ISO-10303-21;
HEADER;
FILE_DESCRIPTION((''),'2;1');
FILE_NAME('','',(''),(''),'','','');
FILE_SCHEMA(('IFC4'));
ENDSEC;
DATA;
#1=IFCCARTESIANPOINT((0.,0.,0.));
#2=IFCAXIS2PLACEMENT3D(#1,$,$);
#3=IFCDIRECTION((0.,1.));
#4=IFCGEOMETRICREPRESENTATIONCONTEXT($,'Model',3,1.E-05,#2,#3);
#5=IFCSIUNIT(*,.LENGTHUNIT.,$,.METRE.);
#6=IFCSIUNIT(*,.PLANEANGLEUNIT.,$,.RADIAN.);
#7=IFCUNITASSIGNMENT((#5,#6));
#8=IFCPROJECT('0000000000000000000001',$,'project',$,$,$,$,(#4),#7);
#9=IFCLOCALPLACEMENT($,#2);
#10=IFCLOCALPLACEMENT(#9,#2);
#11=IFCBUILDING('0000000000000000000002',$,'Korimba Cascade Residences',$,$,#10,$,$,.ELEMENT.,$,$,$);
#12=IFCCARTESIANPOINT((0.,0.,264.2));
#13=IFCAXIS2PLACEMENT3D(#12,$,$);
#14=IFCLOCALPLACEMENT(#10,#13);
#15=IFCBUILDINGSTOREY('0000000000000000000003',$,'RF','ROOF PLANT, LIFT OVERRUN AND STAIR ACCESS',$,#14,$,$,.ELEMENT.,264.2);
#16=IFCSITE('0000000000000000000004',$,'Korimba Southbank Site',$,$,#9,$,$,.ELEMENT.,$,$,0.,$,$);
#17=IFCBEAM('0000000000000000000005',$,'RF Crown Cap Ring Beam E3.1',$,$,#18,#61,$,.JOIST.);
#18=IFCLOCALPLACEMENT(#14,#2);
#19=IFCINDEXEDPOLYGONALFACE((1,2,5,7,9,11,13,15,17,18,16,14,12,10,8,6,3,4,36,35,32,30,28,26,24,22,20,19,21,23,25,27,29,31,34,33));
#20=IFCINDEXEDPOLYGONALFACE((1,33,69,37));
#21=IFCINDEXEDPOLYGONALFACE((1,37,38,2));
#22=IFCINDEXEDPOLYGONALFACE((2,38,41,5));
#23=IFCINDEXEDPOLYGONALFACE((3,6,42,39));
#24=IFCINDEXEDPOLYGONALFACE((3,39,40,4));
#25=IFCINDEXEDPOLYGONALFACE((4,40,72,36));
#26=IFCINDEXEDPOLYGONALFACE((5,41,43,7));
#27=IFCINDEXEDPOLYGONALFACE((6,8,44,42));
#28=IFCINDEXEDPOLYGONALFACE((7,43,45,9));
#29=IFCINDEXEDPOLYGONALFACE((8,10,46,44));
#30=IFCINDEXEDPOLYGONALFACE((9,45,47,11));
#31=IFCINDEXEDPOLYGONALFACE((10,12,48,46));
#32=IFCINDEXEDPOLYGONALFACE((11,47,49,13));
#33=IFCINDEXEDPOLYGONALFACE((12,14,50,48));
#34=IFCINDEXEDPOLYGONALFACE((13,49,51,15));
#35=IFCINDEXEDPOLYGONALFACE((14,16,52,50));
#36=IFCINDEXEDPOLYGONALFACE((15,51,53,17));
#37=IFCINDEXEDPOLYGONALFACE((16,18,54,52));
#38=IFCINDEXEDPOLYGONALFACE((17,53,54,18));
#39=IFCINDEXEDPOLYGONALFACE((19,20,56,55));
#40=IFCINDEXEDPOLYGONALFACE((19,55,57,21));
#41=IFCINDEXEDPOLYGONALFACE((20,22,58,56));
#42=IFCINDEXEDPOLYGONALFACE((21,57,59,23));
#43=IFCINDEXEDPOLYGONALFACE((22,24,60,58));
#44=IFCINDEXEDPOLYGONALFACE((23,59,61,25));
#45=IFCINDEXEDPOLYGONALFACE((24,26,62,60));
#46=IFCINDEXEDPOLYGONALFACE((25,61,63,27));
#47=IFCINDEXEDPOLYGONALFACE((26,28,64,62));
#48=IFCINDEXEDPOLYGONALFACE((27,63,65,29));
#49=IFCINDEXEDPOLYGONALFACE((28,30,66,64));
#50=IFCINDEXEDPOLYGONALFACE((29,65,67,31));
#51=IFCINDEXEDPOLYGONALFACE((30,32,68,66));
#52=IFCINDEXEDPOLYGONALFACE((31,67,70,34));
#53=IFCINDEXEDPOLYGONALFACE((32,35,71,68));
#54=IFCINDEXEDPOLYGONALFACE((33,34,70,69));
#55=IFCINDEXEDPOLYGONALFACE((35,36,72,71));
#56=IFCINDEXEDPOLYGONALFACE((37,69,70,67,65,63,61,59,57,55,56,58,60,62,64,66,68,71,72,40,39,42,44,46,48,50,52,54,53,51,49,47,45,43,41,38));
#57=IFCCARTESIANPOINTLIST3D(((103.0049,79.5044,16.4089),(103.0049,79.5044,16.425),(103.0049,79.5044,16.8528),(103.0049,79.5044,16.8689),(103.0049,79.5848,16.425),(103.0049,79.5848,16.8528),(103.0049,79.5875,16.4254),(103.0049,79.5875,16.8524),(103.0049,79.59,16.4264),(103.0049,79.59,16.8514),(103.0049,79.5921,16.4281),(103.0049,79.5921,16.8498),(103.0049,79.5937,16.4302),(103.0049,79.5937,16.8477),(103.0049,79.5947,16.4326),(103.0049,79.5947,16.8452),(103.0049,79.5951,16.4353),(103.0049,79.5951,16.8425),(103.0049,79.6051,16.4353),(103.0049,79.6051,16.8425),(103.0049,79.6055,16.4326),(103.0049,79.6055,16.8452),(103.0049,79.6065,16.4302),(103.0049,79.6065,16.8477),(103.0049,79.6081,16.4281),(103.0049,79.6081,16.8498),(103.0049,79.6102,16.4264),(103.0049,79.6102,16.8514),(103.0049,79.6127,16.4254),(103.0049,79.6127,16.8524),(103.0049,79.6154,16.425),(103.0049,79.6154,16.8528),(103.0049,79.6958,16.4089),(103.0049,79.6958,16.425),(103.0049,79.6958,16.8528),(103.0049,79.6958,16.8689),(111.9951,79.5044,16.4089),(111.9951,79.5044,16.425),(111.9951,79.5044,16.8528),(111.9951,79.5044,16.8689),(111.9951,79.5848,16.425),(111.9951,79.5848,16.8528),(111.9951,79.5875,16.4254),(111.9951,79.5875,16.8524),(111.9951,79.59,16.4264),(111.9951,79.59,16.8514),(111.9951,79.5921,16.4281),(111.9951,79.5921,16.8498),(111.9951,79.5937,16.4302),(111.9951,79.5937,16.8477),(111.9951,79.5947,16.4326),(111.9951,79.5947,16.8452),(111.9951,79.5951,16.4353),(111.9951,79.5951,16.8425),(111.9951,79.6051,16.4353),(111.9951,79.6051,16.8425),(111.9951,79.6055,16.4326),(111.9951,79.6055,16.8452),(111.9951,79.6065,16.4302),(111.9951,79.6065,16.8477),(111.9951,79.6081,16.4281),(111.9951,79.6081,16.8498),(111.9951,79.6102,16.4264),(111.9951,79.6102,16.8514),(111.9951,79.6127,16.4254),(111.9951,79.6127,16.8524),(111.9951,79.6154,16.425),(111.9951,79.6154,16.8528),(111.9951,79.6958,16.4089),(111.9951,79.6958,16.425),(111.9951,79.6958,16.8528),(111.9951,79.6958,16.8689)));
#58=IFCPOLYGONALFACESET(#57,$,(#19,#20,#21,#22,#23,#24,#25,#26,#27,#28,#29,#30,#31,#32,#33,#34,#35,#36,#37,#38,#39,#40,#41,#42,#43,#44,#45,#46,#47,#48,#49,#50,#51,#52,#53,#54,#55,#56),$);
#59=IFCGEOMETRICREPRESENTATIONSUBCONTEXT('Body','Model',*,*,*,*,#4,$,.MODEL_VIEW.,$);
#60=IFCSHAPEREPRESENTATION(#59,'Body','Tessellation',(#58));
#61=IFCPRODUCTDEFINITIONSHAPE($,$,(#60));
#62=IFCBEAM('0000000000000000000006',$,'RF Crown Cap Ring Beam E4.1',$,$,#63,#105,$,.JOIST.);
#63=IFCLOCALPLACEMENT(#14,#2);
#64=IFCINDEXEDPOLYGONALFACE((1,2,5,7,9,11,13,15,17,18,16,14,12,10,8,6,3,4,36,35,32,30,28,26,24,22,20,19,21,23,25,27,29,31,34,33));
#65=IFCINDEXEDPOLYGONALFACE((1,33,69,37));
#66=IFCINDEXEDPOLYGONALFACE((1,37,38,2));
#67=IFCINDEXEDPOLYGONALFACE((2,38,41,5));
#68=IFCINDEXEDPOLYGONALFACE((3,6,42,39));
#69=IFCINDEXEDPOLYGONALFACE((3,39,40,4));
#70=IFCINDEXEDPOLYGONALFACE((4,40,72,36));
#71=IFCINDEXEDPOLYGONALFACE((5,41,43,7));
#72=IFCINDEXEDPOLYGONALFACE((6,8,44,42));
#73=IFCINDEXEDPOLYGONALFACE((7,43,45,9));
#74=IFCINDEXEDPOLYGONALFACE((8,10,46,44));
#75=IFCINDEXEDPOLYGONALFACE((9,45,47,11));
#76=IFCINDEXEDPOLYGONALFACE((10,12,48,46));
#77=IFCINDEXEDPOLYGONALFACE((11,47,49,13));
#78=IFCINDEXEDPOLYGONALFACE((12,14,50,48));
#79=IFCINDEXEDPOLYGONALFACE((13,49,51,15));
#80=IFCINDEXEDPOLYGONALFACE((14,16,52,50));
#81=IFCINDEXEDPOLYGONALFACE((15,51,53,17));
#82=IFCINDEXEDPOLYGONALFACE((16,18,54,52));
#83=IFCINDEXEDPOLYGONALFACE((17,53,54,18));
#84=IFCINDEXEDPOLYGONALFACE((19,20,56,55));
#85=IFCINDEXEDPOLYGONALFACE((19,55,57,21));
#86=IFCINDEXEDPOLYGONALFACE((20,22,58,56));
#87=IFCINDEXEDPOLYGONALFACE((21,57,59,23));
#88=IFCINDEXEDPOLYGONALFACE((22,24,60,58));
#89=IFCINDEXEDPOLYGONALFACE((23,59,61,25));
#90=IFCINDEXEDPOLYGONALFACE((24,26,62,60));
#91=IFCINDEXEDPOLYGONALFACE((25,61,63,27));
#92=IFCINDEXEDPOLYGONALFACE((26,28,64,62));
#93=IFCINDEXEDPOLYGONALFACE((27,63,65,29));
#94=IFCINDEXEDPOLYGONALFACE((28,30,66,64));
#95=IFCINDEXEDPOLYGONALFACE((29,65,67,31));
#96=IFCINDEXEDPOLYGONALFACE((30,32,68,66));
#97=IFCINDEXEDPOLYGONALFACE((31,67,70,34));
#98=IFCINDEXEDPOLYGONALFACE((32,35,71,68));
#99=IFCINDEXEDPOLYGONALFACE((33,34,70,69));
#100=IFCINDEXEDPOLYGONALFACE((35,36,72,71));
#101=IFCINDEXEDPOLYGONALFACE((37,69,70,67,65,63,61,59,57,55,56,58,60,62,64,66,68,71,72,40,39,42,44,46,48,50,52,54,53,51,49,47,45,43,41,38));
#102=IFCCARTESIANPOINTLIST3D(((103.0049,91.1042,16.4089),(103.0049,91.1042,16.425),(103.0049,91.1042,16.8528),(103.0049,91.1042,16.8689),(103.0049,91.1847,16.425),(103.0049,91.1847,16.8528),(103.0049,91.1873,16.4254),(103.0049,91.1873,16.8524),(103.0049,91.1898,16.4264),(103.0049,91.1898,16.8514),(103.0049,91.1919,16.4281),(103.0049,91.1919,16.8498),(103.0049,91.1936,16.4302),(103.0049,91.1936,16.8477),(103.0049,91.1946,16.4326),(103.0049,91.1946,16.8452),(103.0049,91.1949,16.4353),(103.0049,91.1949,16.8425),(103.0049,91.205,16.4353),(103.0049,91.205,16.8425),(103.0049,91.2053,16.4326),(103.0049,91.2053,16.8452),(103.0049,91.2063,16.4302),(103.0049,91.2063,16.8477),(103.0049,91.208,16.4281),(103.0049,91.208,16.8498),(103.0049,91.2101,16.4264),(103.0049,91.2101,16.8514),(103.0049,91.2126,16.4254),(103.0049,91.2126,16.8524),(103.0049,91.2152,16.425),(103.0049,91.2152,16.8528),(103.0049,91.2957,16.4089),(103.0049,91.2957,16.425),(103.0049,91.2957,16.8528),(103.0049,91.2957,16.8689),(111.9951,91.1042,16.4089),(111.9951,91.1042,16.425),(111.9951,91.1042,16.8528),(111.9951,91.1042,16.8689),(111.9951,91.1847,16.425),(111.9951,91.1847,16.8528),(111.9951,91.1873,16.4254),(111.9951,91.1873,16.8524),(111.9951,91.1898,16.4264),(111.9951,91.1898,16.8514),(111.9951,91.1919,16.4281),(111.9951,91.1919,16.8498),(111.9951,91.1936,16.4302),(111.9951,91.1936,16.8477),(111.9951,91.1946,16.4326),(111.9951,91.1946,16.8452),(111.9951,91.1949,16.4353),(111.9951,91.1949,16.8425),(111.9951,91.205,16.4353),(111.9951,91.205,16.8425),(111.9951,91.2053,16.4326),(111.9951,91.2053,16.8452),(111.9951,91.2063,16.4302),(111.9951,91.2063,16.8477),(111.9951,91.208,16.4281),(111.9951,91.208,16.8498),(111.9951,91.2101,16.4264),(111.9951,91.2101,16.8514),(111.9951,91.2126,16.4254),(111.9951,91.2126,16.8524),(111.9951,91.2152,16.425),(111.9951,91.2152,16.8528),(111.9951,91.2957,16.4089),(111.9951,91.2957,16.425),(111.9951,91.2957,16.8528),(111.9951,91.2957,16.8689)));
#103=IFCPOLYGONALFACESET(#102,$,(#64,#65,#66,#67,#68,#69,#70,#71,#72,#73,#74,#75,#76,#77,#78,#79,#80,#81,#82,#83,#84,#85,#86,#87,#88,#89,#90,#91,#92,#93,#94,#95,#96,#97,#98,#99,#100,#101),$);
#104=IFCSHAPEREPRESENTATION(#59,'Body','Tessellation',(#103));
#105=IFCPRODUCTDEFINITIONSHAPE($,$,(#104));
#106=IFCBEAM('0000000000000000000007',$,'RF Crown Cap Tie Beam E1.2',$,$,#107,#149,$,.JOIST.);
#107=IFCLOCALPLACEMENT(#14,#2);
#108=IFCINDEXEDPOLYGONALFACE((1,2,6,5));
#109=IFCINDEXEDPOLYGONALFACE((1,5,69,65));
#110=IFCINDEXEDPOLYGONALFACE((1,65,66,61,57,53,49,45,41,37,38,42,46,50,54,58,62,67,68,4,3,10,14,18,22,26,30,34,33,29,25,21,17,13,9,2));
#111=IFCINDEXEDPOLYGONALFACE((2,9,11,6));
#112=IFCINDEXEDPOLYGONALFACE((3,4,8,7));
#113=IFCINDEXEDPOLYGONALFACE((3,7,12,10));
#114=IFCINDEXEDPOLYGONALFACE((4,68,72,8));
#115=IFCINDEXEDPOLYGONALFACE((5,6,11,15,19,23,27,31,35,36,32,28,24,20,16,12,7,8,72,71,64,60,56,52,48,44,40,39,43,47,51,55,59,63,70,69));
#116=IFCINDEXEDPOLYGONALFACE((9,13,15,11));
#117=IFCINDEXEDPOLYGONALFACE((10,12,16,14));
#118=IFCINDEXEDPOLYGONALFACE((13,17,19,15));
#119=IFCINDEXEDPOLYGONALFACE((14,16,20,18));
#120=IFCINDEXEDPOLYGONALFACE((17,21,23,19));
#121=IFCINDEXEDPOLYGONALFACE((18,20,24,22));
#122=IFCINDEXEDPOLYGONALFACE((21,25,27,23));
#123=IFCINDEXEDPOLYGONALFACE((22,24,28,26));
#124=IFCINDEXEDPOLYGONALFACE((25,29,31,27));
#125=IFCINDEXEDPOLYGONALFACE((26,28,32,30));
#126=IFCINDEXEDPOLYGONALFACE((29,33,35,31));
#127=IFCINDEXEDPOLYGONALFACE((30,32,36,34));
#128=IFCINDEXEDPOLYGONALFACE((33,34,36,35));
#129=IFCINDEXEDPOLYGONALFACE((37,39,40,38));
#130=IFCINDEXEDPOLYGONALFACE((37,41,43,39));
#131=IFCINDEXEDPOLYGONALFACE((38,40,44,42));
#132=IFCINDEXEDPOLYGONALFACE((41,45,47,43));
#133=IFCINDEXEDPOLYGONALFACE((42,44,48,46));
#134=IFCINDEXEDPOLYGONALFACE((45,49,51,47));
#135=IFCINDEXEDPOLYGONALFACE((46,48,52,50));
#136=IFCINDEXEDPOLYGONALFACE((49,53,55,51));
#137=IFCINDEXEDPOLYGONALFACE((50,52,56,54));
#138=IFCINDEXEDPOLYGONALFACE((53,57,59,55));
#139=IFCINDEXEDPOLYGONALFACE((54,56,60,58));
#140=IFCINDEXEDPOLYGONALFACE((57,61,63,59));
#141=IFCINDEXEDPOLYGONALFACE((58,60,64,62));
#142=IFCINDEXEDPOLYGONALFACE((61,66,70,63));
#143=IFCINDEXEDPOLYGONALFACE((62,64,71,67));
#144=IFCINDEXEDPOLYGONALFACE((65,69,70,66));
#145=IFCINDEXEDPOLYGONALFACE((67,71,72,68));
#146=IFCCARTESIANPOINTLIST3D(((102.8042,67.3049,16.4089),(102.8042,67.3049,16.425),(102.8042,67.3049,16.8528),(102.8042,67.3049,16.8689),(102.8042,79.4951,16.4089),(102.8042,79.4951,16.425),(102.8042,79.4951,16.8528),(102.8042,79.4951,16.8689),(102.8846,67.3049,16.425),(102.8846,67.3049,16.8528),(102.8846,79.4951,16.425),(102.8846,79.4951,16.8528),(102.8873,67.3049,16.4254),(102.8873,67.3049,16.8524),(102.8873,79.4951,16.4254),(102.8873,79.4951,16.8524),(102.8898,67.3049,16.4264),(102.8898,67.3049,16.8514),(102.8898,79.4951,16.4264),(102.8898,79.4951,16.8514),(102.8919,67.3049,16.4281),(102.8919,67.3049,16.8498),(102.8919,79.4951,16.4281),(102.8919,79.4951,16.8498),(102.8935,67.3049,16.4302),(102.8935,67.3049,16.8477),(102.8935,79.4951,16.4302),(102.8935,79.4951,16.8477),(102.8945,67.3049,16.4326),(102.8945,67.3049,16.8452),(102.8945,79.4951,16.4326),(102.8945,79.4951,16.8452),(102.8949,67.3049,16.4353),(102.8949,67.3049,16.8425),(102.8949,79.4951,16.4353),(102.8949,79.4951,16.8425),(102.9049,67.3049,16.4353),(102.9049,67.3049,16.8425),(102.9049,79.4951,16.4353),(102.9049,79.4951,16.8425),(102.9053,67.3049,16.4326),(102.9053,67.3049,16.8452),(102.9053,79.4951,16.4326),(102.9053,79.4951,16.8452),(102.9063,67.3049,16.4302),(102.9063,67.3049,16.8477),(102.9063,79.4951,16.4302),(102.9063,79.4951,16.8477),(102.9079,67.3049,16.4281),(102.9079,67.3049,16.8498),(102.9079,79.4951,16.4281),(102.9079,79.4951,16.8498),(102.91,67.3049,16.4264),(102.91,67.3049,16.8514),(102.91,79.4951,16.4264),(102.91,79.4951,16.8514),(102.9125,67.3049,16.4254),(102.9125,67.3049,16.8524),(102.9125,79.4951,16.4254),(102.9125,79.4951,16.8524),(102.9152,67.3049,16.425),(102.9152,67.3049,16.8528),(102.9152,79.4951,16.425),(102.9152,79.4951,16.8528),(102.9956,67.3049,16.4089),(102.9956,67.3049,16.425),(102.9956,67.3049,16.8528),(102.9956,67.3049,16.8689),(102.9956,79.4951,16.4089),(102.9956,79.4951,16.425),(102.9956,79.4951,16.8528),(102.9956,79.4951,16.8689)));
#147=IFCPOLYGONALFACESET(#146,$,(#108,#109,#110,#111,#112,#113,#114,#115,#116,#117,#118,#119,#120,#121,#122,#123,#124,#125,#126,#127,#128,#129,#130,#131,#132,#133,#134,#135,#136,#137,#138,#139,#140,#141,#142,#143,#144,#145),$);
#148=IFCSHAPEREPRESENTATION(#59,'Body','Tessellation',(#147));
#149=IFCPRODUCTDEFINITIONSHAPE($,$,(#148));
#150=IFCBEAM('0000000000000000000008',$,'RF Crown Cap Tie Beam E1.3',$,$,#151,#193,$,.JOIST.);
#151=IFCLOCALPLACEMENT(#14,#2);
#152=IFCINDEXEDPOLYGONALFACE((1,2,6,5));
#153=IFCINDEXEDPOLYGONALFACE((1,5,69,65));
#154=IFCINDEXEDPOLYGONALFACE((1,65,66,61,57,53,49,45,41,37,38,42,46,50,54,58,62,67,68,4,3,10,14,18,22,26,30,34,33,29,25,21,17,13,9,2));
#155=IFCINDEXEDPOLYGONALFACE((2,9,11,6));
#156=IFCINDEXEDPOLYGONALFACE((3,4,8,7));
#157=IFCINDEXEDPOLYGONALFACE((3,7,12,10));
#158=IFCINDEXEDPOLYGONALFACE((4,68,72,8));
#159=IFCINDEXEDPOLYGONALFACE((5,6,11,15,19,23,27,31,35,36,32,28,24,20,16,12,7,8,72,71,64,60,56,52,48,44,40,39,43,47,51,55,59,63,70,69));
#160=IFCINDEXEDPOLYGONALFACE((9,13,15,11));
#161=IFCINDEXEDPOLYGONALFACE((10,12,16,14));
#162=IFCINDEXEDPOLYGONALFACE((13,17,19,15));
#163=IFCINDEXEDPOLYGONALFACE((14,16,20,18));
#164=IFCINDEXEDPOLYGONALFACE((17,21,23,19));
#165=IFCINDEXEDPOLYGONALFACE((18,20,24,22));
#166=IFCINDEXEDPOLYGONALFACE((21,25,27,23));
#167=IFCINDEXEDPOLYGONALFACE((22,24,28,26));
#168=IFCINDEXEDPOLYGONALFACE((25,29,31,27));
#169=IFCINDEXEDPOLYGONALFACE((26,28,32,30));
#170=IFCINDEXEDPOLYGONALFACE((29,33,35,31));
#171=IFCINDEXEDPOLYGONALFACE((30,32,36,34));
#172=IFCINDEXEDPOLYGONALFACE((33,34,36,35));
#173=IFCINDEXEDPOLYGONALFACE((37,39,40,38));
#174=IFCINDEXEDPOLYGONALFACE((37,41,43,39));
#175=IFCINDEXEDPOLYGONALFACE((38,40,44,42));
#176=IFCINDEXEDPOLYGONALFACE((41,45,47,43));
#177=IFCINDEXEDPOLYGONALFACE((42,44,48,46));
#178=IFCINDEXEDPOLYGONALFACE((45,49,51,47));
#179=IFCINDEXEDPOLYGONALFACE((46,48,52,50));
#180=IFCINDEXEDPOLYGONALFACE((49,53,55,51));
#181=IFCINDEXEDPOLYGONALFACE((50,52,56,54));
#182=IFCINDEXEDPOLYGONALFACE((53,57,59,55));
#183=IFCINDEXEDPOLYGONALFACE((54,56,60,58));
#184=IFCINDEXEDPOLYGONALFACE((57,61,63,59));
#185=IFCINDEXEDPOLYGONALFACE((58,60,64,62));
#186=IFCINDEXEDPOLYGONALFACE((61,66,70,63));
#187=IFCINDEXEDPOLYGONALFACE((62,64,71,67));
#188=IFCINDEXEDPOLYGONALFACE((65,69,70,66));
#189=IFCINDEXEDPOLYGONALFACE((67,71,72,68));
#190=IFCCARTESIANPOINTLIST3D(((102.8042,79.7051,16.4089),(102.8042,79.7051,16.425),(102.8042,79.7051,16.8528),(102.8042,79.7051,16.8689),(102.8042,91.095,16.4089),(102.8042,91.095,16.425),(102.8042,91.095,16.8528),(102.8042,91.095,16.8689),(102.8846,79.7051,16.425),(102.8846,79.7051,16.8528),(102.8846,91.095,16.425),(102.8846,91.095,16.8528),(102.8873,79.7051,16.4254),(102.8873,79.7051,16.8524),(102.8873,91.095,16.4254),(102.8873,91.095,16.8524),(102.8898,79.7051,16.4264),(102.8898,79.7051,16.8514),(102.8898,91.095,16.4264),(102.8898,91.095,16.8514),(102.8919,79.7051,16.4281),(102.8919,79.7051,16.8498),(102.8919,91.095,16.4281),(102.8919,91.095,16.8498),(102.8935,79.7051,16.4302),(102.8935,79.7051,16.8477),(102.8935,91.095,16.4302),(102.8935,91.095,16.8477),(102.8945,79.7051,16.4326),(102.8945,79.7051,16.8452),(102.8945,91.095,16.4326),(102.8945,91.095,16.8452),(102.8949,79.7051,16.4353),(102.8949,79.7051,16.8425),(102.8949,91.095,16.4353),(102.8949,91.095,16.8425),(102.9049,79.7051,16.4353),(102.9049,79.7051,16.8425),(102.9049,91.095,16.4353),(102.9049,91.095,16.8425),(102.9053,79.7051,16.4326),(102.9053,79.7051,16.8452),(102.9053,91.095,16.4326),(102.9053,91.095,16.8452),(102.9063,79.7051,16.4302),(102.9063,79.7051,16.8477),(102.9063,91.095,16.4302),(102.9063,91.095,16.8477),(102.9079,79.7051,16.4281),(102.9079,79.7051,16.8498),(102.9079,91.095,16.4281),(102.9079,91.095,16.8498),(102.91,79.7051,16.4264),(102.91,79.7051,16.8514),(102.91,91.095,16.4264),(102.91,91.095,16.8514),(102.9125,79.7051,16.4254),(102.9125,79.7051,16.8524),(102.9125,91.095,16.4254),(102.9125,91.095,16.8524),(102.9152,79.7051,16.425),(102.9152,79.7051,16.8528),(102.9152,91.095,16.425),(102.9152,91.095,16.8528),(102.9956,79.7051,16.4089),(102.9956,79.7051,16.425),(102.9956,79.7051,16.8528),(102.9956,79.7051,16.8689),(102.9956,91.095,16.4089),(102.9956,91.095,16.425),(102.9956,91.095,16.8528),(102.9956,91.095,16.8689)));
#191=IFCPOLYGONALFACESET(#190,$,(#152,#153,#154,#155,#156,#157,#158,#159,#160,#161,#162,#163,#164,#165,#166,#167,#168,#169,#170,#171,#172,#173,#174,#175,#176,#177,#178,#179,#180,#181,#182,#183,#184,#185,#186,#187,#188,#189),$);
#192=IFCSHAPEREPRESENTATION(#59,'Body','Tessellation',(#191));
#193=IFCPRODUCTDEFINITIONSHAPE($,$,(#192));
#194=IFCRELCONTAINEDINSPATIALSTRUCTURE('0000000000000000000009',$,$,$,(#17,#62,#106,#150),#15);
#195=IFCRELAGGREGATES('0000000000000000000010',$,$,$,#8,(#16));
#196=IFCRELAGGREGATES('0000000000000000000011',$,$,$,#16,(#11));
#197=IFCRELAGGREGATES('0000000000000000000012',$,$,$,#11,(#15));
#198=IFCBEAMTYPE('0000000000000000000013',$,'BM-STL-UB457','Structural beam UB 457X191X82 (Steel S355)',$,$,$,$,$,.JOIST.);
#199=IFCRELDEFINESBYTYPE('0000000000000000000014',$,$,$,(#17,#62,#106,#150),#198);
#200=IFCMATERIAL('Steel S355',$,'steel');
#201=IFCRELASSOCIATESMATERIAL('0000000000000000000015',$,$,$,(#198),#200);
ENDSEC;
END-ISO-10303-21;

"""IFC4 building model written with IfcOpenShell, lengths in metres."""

from ifc_helpers import new_model, si_unit, direction, frame, origin, origin_2d, place, context, subcontext, project, spatial, i_section, extrude, material, material_profile, profile_set, type_object, element, save


model = new_model("IFC4")

# Units and contexts
model_context = context("Model", 3, precision=1e-05, world=origin(), true_north=direction((0.0, 1.0)))
body_context = subcontext(model_context, "Body", "Model", "MODEL_VIEW")
ifc_project = project(units=[si_unit("LENGTHUNIT", "METRE"), si_unit("PLANEANGLEUNIT", "RADIAN")], contexts=[model_context])

# Site, building, storey
site_placement = place(None, origin())
site = spatial("IfcSite", under=ifc_project, at=site_placement, Name="Korimba Southbank Site", CompositionType="ELEMENT", RefElevation=0.0)
building_placement = place(site_placement, origin())
building = spatial("IfcBuilding", under=site, at=building_placement, Name="Korimba Cascade Residences", CompositionType="ELEMENT")
storey_placement = place(building_placement, frame((0.0, 0.0, 264.2)))
storey = spatial("IfcBuildingStorey", under=building, at=storey_placement, Name="RF", Description="ROOF PLANT, LIFT OVERRUN AND STAIR ACCESS", CompositionType="ELEMENT", Elevation=264.2)

# Shared definitions
ifc_material_1 = material(Name="Steel S355", Category="steel")

# Beams
ifc_material_profile_1 = material_profile(ifc_material_1, i_section(OverallWidth=0.1914, OverallDepth=0.46, WebThickness=0.01, FlangeThickness=0.0161, FilletRadius=0.0103, at=origin_2d()), Name="Steel S355")
ifc_profile_set_1 = profile_set([ifc_material_profile_1], Name="Steel S355")
beam_type_1 = type_object("IfcBeamType", Name="BM-STL-UB457", Description="Structural beam UB 457X191X82 (Steel S355)", PredefinedType="JOIST", material=ifc_profile_set_1)
for number, where, z_axis, x_axis, name in (
    (1, (103.0049, 79.6001, 16.6389), (1.0, 0.0, 0.0), (0.0, 1.0, 0.0), "RF Crown Cap Ring Beam E3.1"),
    (2, (103.0049, 91.2, 16.6389), (1.0, 0.0, 0.0), (0.0, 1.0, 0.0), "RF Crown Cap Ring Beam E4.1"),
):
    element("IfcBeam", number, at=place(storey_placement, frame(where, z_axis=z_axis, x_axis=x_axis)), inside=storey, type_object=beam_type_1, Name=name, PredefinedType="JOIST", context=body_context, shape_type="SweptSolid", body=[
        extrude(i_section(OverallWidth=0.1914, OverallDepth=0.46, WebThickness=0.01, FlangeThickness=0.0161, FilletRadius=0.0103, at=origin_2d()), origin(), (0.0, 0.0, 1.0), 8.9902),
    ])
beam_1_placement = place(storey_placement, frame((102.8999, 67.3049, 16.6389), z_axis=(0.0, 1.0, 0.0), x_axis=(-1.0, 0.0, 0.0)))
element("IfcBeam", 3, at=beam_1_placement, inside=storey, type_object=beam_type_1, Name="RF Crown Cap Tie Beam E1.2", PredefinedType="JOIST", context=body_context, shape_type="SweptSolid", body=[
    extrude(i_section(OverallWidth=0.1914, OverallDepth=0.46, WebThickness=0.01, FlangeThickness=0.0161, FilletRadius=0.0103, at=origin_2d()), origin(), (0.0, 0.0, 1.0), 12.1902),
])
beam_2_placement = place(storey_placement, frame((102.8999, 79.7051, 16.6389), z_axis=(0.0, 1.0, 0.0), x_axis=(-1.0, 0.0, 0.0)))
element("IfcBeam", 4, at=beam_2_placement, inside=storey, type_object=beam_type_1, Name="RF Crown Cap Tie Beam E1.3", PredefinedType="JOIST", context=body_context, shape_type="SweptSolid", body=[
    extrude(i_section(OverallWidth=0.1914, OverallDepth=0.46, WebThickness=0.01, FlangeThickness=0.0161, FilletRadius=0.0103, at=origin_2d()), origin(), (0.0, 0.0, 1.0), 11.3899),
])

save(model, "model.ifc")
